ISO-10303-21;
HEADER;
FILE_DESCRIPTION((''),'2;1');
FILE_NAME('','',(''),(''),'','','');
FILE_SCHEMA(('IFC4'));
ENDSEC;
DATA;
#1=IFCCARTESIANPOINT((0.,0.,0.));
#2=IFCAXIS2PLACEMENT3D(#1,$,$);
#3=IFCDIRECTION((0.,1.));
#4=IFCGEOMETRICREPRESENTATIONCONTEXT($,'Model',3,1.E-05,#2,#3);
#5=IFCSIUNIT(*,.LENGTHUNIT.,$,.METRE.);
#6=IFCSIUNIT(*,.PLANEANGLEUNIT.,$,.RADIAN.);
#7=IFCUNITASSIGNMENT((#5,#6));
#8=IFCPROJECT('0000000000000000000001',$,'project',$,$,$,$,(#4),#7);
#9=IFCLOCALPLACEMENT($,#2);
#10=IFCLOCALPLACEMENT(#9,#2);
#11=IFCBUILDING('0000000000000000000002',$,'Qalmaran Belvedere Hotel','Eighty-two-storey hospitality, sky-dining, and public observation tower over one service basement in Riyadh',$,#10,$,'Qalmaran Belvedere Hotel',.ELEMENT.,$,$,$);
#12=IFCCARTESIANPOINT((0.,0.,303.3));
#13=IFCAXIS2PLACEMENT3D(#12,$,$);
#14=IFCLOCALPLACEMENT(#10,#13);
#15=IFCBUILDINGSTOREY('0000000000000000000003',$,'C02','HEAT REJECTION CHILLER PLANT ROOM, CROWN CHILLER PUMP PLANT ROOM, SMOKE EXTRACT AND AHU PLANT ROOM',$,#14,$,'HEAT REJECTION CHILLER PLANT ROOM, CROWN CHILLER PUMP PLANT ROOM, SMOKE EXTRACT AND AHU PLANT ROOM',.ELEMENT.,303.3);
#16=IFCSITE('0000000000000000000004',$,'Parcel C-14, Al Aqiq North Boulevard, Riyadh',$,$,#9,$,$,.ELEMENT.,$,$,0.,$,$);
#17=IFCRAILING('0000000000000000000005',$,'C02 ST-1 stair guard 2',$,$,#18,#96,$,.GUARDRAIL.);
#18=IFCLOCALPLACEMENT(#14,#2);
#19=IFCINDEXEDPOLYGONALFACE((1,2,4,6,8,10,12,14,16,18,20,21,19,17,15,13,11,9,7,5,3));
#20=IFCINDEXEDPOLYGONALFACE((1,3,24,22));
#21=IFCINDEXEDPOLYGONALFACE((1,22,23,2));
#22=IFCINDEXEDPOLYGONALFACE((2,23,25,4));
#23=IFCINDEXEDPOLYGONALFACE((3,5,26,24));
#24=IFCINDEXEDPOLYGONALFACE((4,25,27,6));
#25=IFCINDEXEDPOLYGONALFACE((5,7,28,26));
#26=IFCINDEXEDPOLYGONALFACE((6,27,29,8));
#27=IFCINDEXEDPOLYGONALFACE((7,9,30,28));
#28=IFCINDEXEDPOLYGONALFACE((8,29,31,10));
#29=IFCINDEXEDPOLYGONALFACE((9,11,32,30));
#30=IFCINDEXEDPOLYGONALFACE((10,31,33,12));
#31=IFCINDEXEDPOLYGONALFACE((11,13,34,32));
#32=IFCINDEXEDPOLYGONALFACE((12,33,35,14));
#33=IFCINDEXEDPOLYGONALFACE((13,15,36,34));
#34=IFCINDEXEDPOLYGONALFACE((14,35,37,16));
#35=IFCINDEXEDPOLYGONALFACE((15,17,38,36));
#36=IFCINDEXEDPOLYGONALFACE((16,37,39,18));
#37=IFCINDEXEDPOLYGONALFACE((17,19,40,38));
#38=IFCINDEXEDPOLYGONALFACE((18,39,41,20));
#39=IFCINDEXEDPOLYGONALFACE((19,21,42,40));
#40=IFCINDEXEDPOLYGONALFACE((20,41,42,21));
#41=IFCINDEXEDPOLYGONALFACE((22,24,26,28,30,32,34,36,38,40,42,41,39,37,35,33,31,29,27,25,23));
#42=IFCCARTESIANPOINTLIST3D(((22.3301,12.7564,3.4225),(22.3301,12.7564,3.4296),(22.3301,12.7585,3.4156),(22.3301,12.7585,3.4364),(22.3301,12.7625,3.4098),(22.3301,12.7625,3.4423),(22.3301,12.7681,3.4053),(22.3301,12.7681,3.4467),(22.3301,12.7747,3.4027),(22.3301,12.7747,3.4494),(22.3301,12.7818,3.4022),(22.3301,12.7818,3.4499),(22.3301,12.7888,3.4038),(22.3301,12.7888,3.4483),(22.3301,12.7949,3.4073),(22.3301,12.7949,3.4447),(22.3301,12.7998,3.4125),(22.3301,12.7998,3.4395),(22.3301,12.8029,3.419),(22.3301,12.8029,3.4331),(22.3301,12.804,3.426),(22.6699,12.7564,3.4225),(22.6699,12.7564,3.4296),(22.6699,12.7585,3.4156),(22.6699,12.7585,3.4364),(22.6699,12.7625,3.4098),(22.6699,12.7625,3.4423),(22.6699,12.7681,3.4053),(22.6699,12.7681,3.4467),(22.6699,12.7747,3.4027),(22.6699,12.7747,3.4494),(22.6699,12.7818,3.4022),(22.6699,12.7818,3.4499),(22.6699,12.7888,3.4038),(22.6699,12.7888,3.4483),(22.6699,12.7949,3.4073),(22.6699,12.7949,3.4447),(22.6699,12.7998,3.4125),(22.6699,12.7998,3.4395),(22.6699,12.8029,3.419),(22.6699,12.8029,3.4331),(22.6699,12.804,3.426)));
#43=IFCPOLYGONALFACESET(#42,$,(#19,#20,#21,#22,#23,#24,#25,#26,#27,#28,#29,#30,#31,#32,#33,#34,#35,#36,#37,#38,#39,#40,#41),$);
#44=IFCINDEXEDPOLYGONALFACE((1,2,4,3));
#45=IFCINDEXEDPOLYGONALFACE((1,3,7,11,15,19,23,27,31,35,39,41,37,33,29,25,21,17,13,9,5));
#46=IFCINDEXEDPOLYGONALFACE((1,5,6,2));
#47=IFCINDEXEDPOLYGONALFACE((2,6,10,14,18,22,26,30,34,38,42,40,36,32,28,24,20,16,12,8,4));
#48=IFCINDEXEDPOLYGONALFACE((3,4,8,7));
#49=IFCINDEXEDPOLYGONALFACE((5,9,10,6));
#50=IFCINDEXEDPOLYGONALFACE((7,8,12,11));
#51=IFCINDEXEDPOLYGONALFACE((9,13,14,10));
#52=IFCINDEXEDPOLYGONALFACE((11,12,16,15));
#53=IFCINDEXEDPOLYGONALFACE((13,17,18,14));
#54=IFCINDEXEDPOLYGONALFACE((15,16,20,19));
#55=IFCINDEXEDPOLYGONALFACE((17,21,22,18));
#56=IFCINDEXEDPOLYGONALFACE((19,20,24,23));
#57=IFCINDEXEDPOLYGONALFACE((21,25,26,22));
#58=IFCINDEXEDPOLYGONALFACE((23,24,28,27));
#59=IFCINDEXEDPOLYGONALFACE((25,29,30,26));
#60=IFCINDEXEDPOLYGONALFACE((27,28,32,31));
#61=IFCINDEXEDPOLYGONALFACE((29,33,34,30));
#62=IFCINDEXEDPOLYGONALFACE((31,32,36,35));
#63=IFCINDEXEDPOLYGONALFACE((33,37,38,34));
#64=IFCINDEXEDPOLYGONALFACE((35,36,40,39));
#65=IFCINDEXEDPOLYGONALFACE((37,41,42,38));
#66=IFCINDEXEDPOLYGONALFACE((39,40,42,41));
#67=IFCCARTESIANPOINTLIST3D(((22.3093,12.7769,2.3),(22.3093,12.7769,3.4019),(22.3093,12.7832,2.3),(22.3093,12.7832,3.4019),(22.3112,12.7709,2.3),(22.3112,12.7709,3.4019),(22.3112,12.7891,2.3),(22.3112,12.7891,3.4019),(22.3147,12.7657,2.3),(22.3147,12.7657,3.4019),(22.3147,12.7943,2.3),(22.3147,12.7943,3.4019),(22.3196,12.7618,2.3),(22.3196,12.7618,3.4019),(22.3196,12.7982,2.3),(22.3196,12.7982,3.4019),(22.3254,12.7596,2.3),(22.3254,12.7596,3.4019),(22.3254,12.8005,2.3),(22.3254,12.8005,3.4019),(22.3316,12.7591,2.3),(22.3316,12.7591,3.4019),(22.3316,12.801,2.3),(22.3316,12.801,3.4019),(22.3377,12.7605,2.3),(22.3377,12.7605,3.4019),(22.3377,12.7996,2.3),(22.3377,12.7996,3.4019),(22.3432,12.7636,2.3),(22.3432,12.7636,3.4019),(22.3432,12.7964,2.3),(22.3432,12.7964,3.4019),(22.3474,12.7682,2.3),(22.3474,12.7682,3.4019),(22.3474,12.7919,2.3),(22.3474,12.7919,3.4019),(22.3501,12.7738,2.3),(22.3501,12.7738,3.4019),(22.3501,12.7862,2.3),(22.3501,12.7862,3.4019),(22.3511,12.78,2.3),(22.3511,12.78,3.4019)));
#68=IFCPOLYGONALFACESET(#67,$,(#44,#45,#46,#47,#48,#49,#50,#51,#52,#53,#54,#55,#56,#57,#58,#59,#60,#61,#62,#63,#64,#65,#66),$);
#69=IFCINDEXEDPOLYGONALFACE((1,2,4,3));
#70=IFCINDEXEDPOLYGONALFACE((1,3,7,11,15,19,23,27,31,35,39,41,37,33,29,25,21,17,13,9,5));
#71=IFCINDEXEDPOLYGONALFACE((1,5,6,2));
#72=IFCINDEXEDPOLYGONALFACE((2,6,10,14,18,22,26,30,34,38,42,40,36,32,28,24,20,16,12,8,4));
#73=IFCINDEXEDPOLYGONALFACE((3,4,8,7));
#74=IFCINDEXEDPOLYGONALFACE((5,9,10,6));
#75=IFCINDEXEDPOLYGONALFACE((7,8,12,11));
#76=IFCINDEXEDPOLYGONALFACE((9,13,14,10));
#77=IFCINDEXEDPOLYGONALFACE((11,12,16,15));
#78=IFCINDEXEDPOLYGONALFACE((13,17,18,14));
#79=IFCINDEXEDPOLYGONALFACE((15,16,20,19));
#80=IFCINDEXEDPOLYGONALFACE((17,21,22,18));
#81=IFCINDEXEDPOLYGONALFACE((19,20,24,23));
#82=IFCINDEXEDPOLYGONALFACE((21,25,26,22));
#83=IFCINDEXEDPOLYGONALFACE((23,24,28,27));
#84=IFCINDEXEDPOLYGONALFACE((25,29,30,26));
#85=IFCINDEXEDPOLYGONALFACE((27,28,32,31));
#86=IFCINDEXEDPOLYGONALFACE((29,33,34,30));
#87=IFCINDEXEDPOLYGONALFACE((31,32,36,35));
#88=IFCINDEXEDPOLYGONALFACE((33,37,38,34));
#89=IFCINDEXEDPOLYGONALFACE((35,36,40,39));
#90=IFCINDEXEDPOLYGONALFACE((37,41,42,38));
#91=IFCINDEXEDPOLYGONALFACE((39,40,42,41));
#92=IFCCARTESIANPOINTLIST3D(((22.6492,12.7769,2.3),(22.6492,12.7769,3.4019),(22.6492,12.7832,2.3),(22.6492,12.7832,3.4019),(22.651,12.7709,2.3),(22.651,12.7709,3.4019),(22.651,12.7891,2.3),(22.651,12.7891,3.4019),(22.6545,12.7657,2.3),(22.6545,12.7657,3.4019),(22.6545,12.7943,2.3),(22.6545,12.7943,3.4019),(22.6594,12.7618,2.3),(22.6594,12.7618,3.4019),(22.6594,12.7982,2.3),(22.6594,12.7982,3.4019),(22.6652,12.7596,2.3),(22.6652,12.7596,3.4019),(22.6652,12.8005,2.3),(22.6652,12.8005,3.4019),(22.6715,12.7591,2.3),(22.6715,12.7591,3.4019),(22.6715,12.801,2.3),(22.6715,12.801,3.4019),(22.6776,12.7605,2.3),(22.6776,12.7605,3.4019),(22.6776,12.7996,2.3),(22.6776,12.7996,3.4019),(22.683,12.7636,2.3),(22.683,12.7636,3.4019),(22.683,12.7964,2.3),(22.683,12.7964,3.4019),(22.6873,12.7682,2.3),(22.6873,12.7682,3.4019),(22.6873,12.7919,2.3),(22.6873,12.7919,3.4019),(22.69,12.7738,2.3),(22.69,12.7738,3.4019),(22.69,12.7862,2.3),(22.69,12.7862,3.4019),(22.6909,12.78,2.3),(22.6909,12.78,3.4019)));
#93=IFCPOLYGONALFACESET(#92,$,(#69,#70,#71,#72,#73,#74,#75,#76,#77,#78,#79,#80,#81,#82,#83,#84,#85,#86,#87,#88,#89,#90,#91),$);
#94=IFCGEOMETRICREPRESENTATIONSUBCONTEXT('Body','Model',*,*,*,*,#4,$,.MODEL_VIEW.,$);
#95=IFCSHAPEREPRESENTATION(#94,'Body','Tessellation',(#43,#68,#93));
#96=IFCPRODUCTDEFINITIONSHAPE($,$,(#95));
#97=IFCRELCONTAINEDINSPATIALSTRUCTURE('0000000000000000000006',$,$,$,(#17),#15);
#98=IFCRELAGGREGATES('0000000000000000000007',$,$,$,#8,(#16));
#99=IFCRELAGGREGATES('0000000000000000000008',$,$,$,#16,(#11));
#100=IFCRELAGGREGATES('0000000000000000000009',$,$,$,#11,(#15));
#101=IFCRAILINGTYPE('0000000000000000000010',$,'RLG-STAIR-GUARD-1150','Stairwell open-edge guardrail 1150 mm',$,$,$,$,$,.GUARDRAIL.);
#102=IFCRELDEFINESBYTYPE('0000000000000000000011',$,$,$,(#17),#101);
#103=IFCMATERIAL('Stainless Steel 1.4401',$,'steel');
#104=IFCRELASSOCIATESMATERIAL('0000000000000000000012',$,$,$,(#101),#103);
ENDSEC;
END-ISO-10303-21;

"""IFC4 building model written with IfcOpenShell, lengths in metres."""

from ifc_helpers import new_model, si_unit, direction, frame, origin, origin_2d, place, context, subcontext, project, spatial, circle, extrude, material, type_object, element, save


model = new_model("IFC4")

# Units and contexts
model_context = context("Model", 3, precision=1e-05, world=origin(), true_north=direction((0.0, 1.0)))
body_context = subcontext(model_context, "Body", "Model", "MODEL_VIEW")
ifc_project = project(units=[si_unit("LENGTHUNIT", "METRE"), si_unit("PLANEANGLEUNIT", "RADIAN")], contexts=[model_context])

# Site, building, storey
site_placement = place(None, origin())
site = spatial("IfcSite", under=ifc_project, at=site_placement, Name="Parcel C-14, Al Aqiq North Boulevard, Riyadh", CompositionType="ELEMENT", RefElevation=0.0)
building_placement = place(site_placement, origin())
building = spatial("IfcBuilding", under=site, at=building_placement, Name="Qalmaran Belvedere Hotel", Description="Eighty-two-storey hospitality, sky-dining, and public observation tower over one service basement in Riyadh", LongName="Qalmaran Belvedere Hotel", CompositionType="ELEMENT")
storey_placement = place(building_placement, frame((0.0, 0.0, 303.3)))
storey = spatial("IfcBuildingStorey", under=building, at=storey_placement, Name="C02", Description="HEAT REJECTION CHILLER PLANT ROOM, CROWN CHILLER PUMP PLANT ROOM, SMOKE EXTRACT AND AHU PLANT ROOM", LongName="HEAT REJECTION CHILLER PLANT ROOM, CROWN CHILLER PUMP PLANT ROOM, SMOKE EXTRACT AND AHU PLANT ROOM", CompositionType="ELEMENT", Elevation=303.3)

# Railing
ifc_material_1 = material(Name="Stainless Steel 1.4401", Category="steel")
railing_type_1 = type_object("IfcRailingType", Name="RLG-STAIR-GUARD-1150", Description="Stairwell open-edge guardrail 1150 mm", PredefinedType="GUARDRAIL", material=ifc_material_1)
railing_1_placement = place(storey_placement, frame((22.3301, 12.78, 2.3)))
element("IfcRailing", 1, at=railing_1_placement, inside=storey, type_object=railing_type_1, Name="C02 ST-1 stair guard 2", PredefinedType="GUARDRAIL", context=body_context, shape_type="SweptSolid", body=[
    extrude(circle(Radius=0.0239, at=origin_2d()), frame((0.0, 0.0, 1.126), z_axis=(1.0, 0.0, 0.0), x_axis=(0.0, 1.0, 0.0)), (0.0, 0.0, 1.0), 0.3398),
    extrude(circle(Radius=0.021, at=origin_2d()), origin(), (0.0, 0.0, 1.0), 1.1018),
    extrude(circle(Radius=0.021, at=origin_2d()), frame((0.3398, 0.0, 0.0)), (0.0, 0.0, 1.0), 1.1018),
])

save(model, "model.ifc")
